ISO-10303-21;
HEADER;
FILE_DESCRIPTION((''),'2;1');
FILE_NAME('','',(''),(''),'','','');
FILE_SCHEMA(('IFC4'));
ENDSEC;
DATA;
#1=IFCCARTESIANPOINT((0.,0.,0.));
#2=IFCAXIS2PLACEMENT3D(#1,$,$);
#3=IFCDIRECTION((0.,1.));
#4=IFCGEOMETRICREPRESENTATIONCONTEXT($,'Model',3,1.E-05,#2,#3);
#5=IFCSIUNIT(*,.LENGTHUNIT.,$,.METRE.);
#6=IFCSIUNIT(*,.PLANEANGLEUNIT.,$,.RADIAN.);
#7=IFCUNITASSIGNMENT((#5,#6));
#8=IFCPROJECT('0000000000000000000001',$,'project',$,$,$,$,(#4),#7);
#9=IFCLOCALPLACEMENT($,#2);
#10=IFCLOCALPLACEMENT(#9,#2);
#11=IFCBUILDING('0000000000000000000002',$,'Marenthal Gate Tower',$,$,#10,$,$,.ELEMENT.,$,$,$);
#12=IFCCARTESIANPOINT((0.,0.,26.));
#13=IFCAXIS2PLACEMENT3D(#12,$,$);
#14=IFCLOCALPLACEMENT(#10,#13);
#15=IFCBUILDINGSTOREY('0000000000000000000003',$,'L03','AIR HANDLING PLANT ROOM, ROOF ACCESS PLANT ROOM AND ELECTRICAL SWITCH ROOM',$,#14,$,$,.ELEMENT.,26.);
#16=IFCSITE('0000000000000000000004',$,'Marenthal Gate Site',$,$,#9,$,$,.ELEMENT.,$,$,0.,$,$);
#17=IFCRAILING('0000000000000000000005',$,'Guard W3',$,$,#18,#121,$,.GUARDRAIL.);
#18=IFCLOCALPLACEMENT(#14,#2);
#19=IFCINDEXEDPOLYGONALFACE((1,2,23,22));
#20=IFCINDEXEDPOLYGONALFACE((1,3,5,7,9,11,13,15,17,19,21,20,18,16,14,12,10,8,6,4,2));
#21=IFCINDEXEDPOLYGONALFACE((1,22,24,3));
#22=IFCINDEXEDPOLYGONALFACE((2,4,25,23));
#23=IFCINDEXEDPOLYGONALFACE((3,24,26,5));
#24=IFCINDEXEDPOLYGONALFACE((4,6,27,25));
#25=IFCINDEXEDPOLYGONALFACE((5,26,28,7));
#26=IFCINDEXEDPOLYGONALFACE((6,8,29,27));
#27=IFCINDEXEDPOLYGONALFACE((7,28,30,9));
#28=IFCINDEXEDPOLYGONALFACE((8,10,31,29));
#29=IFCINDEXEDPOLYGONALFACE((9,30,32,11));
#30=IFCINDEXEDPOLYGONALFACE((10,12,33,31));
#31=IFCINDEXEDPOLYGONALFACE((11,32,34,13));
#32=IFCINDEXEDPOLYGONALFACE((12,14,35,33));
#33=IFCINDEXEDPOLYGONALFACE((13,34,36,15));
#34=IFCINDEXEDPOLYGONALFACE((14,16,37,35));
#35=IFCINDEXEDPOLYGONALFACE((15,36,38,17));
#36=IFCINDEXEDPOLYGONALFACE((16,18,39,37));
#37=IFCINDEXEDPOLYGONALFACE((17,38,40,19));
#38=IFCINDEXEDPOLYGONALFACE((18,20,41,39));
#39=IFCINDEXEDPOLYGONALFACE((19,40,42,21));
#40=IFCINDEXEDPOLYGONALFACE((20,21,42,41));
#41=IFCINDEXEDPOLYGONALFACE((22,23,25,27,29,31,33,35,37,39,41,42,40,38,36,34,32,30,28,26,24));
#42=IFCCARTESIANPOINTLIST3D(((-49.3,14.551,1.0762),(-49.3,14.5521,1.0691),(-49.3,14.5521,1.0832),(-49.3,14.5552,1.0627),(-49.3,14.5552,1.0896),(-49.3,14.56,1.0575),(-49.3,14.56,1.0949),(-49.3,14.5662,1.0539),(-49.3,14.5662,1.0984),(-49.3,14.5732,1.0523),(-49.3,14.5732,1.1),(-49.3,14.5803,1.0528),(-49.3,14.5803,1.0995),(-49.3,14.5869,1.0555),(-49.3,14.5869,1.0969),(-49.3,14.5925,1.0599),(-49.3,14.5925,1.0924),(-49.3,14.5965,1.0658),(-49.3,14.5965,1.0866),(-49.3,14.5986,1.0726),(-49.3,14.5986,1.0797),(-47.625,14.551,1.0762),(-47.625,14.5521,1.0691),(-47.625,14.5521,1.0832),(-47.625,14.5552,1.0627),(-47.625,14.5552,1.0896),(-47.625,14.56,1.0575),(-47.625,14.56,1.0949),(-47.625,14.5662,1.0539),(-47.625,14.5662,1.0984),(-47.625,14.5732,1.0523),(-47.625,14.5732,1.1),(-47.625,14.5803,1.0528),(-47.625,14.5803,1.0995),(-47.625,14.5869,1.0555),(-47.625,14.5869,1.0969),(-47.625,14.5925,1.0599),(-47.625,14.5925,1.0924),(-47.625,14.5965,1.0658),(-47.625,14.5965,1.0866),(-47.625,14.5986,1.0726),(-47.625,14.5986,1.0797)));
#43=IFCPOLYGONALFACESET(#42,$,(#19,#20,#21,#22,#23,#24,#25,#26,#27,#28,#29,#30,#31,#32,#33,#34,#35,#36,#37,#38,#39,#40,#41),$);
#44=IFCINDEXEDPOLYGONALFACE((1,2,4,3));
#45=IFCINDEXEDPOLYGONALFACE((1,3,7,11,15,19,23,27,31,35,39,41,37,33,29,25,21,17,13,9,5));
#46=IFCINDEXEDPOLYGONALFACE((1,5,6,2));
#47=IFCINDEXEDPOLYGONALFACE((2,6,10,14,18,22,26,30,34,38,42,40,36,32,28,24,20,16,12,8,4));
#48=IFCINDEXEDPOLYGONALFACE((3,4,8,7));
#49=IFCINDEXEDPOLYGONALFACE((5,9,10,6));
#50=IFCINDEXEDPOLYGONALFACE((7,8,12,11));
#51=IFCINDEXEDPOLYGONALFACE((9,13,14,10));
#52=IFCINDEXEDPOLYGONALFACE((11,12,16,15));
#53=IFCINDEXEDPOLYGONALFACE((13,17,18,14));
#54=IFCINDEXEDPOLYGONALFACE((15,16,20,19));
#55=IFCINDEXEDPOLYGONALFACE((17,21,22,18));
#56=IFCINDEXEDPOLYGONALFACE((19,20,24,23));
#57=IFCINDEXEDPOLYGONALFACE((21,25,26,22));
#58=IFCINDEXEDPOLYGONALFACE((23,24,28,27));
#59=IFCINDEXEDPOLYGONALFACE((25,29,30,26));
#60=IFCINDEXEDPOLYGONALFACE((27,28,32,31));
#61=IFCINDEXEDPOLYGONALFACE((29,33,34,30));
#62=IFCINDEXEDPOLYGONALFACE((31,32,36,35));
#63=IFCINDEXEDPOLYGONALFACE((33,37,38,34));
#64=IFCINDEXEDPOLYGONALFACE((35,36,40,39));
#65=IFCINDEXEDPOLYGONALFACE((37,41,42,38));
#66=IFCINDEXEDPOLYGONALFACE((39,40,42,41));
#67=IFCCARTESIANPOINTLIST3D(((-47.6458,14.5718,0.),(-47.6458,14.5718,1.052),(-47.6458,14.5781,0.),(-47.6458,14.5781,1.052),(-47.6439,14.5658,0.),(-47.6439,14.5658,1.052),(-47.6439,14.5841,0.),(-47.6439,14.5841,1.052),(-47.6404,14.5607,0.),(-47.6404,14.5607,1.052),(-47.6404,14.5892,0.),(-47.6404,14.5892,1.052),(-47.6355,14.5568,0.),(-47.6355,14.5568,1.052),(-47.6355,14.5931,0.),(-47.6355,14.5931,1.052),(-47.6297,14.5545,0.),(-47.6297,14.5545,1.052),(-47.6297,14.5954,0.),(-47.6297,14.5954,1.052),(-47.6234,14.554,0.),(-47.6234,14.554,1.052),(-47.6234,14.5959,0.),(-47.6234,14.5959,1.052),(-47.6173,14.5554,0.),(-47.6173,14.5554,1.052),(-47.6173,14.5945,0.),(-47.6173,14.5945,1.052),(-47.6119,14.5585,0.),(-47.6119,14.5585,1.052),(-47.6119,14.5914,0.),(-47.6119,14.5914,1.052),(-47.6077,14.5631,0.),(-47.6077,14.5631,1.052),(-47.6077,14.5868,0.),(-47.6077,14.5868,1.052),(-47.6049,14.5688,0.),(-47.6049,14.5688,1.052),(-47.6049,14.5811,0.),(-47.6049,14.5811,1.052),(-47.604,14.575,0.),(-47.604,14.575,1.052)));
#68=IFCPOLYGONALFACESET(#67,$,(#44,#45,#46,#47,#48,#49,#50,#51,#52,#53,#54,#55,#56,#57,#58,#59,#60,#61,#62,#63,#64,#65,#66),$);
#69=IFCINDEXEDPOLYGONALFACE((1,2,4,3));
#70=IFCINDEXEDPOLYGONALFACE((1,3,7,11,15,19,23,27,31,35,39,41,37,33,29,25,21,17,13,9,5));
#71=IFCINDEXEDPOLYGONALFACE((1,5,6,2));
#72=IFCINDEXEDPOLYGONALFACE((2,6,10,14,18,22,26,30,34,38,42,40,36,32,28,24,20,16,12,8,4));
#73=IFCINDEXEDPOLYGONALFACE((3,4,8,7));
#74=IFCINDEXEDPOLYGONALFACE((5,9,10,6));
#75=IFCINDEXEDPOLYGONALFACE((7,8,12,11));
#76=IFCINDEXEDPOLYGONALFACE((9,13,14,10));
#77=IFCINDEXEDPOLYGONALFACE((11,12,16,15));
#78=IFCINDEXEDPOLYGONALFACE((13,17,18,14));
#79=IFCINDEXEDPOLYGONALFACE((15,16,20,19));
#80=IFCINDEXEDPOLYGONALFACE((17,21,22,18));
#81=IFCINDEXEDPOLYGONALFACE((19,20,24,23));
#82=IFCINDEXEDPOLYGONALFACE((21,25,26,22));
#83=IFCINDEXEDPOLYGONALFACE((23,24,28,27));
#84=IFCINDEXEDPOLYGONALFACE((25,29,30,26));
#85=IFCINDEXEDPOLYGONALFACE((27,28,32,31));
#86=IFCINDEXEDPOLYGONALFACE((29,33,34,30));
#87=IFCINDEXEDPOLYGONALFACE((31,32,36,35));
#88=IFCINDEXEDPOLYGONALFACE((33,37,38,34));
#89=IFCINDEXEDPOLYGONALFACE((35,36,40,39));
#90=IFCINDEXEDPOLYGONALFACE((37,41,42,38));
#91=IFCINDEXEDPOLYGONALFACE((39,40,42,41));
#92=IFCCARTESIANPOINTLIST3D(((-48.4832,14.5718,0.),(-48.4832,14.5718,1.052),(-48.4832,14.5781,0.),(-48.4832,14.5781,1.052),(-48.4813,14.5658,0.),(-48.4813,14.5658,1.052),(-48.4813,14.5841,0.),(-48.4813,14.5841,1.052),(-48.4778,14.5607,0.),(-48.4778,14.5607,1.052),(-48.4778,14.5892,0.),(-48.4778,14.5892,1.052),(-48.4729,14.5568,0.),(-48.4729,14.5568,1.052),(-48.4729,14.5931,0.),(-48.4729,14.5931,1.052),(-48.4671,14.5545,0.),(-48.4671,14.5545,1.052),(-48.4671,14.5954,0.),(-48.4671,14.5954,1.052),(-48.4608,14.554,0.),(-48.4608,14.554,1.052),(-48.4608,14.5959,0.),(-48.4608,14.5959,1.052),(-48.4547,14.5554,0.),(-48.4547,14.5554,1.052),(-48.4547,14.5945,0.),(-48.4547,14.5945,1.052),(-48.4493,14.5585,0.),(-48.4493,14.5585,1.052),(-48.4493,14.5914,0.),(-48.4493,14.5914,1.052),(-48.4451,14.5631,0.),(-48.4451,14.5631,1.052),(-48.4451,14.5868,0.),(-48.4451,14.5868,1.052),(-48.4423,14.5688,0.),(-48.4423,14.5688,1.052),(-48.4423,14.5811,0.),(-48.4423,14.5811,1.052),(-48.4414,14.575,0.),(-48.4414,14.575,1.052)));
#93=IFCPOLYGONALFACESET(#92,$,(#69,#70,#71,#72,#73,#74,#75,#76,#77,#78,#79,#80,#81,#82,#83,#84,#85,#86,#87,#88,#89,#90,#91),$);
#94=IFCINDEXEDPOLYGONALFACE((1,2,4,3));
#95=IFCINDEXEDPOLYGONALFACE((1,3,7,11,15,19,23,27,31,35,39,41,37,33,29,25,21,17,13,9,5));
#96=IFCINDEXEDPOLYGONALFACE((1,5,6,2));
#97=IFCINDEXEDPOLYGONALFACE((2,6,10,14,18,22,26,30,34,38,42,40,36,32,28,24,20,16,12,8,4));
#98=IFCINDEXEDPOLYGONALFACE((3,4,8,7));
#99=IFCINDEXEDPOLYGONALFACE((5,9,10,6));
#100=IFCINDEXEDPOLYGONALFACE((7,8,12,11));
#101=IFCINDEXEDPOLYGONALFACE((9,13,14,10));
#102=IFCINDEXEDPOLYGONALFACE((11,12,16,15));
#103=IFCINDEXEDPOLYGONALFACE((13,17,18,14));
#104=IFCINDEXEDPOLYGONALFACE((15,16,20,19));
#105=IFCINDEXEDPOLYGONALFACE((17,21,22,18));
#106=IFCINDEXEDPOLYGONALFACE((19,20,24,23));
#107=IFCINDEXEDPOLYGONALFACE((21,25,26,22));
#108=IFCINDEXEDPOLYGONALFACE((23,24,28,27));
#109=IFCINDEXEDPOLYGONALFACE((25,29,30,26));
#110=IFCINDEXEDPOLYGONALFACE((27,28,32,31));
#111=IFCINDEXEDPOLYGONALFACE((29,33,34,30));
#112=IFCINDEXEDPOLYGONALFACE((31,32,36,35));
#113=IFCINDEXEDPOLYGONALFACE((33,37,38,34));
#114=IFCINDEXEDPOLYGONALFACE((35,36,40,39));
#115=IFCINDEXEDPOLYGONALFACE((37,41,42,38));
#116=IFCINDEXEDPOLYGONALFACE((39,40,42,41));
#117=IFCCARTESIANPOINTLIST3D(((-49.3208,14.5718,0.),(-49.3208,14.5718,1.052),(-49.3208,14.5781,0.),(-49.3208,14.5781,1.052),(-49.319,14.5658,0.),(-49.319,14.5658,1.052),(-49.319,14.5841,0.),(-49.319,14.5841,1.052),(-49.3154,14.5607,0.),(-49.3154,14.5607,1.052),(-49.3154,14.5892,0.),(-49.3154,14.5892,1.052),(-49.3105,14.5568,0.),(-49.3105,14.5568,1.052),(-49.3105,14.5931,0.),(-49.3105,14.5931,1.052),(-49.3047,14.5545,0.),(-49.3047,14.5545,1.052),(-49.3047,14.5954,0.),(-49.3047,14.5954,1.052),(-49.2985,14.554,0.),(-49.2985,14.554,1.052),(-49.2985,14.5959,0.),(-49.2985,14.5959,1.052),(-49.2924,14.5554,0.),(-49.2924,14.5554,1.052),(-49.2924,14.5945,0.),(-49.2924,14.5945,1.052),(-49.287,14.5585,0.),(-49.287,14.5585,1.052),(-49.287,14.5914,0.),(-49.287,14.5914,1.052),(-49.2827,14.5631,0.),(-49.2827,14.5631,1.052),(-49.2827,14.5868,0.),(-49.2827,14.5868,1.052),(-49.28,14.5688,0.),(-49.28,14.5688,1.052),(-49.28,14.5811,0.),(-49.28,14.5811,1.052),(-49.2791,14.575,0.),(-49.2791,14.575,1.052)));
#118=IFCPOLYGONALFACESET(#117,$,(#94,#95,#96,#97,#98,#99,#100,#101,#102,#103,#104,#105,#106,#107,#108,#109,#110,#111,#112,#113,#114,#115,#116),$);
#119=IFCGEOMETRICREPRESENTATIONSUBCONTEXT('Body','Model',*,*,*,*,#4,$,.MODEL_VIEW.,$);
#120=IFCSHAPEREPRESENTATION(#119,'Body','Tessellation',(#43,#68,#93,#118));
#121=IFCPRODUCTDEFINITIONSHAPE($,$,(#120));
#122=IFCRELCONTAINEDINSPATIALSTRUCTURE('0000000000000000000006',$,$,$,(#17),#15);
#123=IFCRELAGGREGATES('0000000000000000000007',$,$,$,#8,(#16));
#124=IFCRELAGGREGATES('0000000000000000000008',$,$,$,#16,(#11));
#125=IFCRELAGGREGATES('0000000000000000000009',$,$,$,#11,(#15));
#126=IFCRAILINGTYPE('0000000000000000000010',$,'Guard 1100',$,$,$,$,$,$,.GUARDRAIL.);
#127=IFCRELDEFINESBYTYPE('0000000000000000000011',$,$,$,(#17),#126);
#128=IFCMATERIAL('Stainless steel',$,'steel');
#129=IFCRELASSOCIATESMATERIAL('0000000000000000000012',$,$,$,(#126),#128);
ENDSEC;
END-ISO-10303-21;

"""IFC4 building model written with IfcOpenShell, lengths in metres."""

from ifc_helpers import new_model, si_unit, direction, frame, origin, origin_2d, place, context, subcontext, project, spatial, circle, extrude, material, type_object, element, save


model = new_model("IFC4")

# Units and contexts
model_context = context("Model", 3, precision=1e-05, world=origin(), true_north=direction((0.0, 1.0)))
body_context = subcontext(model_context, "Body", "Model", "MODEL_VIEW")
ifc_project = project(units=[si_unit("LENGTHUNIT", "METRE"), si_unit("PLANEANGLEUNIT", "RADIAN")], contexts=[model_context])

# Site, building, storey
site_placement = place(None, origin())
site = spatial("IfcSite", under=ifc_project, at=site_placement, Name="Marenthal Gate Site", CompositionType="ELEMENT", RefElevation=0.0)
building_placement = place(site_placement, origin())
building = spatial("IfcBuilding", under=site, at=building_placement, Name="Marenthal Gate Tower", CompositionType="ELEMENT")
storey_placement = place(building_placement, frame((0.0, 0.0, 26.0)))
storey = spatial("IfcBuildingStorey", under=building, at=storey_placement, Name="L03", Description="AIR HANDLING PLANT ROOM, ROOF ACCESS PLANT ROOM AND ELECTRICAL SWITCH ROOM", CompositionType="ELEMENT", Elevation=26.0)

# Railing
ifc_material_1 = material(Name="Stainless steel", Category="steel")
railing_type = type_object("IfcRailingType", Name="Guard 1100", PredefinedType="GUARDRAIL", material=ifc_material_1)
railing_placement = place(storey_placement, frame((-47.625, 14.575, 0.0)))
element("IfcRailing", 1, at=railing_placement, inside=storey, type_object=railing_type, Name="Guard W3", PredefinedType="GUARDRAIL", context=body_context, shape_type="SweptSolid", body=[
    extrude(circle(Radius=0.0239, at=origin_2d()), frame((0.0, 0.0, 1.0762), z_axis=(-1.0, 0.0, 0.0), x_axis=(0.0, -1.0, 0.0)), (0.0, 0.0, 1.0), 1.675),
    extrude(circle(Radius=0.021, at=origin_2d()), origin(), (0.0, 0.0, 1.0), 1.052),
    extrude(circle(Radius=0.021, at=origin_2d()), frame((-0.8374, 0.0, 0.0)), (0.0, 0.0, 1.0), 1.052),
    extrude(circle(Radius=0.021, at=origin_2d()), frame((-1.675, 0.0, 0.0)), (0.0, 0.0, 1.0), 1.052),
])

save(model, "model.ifc")
